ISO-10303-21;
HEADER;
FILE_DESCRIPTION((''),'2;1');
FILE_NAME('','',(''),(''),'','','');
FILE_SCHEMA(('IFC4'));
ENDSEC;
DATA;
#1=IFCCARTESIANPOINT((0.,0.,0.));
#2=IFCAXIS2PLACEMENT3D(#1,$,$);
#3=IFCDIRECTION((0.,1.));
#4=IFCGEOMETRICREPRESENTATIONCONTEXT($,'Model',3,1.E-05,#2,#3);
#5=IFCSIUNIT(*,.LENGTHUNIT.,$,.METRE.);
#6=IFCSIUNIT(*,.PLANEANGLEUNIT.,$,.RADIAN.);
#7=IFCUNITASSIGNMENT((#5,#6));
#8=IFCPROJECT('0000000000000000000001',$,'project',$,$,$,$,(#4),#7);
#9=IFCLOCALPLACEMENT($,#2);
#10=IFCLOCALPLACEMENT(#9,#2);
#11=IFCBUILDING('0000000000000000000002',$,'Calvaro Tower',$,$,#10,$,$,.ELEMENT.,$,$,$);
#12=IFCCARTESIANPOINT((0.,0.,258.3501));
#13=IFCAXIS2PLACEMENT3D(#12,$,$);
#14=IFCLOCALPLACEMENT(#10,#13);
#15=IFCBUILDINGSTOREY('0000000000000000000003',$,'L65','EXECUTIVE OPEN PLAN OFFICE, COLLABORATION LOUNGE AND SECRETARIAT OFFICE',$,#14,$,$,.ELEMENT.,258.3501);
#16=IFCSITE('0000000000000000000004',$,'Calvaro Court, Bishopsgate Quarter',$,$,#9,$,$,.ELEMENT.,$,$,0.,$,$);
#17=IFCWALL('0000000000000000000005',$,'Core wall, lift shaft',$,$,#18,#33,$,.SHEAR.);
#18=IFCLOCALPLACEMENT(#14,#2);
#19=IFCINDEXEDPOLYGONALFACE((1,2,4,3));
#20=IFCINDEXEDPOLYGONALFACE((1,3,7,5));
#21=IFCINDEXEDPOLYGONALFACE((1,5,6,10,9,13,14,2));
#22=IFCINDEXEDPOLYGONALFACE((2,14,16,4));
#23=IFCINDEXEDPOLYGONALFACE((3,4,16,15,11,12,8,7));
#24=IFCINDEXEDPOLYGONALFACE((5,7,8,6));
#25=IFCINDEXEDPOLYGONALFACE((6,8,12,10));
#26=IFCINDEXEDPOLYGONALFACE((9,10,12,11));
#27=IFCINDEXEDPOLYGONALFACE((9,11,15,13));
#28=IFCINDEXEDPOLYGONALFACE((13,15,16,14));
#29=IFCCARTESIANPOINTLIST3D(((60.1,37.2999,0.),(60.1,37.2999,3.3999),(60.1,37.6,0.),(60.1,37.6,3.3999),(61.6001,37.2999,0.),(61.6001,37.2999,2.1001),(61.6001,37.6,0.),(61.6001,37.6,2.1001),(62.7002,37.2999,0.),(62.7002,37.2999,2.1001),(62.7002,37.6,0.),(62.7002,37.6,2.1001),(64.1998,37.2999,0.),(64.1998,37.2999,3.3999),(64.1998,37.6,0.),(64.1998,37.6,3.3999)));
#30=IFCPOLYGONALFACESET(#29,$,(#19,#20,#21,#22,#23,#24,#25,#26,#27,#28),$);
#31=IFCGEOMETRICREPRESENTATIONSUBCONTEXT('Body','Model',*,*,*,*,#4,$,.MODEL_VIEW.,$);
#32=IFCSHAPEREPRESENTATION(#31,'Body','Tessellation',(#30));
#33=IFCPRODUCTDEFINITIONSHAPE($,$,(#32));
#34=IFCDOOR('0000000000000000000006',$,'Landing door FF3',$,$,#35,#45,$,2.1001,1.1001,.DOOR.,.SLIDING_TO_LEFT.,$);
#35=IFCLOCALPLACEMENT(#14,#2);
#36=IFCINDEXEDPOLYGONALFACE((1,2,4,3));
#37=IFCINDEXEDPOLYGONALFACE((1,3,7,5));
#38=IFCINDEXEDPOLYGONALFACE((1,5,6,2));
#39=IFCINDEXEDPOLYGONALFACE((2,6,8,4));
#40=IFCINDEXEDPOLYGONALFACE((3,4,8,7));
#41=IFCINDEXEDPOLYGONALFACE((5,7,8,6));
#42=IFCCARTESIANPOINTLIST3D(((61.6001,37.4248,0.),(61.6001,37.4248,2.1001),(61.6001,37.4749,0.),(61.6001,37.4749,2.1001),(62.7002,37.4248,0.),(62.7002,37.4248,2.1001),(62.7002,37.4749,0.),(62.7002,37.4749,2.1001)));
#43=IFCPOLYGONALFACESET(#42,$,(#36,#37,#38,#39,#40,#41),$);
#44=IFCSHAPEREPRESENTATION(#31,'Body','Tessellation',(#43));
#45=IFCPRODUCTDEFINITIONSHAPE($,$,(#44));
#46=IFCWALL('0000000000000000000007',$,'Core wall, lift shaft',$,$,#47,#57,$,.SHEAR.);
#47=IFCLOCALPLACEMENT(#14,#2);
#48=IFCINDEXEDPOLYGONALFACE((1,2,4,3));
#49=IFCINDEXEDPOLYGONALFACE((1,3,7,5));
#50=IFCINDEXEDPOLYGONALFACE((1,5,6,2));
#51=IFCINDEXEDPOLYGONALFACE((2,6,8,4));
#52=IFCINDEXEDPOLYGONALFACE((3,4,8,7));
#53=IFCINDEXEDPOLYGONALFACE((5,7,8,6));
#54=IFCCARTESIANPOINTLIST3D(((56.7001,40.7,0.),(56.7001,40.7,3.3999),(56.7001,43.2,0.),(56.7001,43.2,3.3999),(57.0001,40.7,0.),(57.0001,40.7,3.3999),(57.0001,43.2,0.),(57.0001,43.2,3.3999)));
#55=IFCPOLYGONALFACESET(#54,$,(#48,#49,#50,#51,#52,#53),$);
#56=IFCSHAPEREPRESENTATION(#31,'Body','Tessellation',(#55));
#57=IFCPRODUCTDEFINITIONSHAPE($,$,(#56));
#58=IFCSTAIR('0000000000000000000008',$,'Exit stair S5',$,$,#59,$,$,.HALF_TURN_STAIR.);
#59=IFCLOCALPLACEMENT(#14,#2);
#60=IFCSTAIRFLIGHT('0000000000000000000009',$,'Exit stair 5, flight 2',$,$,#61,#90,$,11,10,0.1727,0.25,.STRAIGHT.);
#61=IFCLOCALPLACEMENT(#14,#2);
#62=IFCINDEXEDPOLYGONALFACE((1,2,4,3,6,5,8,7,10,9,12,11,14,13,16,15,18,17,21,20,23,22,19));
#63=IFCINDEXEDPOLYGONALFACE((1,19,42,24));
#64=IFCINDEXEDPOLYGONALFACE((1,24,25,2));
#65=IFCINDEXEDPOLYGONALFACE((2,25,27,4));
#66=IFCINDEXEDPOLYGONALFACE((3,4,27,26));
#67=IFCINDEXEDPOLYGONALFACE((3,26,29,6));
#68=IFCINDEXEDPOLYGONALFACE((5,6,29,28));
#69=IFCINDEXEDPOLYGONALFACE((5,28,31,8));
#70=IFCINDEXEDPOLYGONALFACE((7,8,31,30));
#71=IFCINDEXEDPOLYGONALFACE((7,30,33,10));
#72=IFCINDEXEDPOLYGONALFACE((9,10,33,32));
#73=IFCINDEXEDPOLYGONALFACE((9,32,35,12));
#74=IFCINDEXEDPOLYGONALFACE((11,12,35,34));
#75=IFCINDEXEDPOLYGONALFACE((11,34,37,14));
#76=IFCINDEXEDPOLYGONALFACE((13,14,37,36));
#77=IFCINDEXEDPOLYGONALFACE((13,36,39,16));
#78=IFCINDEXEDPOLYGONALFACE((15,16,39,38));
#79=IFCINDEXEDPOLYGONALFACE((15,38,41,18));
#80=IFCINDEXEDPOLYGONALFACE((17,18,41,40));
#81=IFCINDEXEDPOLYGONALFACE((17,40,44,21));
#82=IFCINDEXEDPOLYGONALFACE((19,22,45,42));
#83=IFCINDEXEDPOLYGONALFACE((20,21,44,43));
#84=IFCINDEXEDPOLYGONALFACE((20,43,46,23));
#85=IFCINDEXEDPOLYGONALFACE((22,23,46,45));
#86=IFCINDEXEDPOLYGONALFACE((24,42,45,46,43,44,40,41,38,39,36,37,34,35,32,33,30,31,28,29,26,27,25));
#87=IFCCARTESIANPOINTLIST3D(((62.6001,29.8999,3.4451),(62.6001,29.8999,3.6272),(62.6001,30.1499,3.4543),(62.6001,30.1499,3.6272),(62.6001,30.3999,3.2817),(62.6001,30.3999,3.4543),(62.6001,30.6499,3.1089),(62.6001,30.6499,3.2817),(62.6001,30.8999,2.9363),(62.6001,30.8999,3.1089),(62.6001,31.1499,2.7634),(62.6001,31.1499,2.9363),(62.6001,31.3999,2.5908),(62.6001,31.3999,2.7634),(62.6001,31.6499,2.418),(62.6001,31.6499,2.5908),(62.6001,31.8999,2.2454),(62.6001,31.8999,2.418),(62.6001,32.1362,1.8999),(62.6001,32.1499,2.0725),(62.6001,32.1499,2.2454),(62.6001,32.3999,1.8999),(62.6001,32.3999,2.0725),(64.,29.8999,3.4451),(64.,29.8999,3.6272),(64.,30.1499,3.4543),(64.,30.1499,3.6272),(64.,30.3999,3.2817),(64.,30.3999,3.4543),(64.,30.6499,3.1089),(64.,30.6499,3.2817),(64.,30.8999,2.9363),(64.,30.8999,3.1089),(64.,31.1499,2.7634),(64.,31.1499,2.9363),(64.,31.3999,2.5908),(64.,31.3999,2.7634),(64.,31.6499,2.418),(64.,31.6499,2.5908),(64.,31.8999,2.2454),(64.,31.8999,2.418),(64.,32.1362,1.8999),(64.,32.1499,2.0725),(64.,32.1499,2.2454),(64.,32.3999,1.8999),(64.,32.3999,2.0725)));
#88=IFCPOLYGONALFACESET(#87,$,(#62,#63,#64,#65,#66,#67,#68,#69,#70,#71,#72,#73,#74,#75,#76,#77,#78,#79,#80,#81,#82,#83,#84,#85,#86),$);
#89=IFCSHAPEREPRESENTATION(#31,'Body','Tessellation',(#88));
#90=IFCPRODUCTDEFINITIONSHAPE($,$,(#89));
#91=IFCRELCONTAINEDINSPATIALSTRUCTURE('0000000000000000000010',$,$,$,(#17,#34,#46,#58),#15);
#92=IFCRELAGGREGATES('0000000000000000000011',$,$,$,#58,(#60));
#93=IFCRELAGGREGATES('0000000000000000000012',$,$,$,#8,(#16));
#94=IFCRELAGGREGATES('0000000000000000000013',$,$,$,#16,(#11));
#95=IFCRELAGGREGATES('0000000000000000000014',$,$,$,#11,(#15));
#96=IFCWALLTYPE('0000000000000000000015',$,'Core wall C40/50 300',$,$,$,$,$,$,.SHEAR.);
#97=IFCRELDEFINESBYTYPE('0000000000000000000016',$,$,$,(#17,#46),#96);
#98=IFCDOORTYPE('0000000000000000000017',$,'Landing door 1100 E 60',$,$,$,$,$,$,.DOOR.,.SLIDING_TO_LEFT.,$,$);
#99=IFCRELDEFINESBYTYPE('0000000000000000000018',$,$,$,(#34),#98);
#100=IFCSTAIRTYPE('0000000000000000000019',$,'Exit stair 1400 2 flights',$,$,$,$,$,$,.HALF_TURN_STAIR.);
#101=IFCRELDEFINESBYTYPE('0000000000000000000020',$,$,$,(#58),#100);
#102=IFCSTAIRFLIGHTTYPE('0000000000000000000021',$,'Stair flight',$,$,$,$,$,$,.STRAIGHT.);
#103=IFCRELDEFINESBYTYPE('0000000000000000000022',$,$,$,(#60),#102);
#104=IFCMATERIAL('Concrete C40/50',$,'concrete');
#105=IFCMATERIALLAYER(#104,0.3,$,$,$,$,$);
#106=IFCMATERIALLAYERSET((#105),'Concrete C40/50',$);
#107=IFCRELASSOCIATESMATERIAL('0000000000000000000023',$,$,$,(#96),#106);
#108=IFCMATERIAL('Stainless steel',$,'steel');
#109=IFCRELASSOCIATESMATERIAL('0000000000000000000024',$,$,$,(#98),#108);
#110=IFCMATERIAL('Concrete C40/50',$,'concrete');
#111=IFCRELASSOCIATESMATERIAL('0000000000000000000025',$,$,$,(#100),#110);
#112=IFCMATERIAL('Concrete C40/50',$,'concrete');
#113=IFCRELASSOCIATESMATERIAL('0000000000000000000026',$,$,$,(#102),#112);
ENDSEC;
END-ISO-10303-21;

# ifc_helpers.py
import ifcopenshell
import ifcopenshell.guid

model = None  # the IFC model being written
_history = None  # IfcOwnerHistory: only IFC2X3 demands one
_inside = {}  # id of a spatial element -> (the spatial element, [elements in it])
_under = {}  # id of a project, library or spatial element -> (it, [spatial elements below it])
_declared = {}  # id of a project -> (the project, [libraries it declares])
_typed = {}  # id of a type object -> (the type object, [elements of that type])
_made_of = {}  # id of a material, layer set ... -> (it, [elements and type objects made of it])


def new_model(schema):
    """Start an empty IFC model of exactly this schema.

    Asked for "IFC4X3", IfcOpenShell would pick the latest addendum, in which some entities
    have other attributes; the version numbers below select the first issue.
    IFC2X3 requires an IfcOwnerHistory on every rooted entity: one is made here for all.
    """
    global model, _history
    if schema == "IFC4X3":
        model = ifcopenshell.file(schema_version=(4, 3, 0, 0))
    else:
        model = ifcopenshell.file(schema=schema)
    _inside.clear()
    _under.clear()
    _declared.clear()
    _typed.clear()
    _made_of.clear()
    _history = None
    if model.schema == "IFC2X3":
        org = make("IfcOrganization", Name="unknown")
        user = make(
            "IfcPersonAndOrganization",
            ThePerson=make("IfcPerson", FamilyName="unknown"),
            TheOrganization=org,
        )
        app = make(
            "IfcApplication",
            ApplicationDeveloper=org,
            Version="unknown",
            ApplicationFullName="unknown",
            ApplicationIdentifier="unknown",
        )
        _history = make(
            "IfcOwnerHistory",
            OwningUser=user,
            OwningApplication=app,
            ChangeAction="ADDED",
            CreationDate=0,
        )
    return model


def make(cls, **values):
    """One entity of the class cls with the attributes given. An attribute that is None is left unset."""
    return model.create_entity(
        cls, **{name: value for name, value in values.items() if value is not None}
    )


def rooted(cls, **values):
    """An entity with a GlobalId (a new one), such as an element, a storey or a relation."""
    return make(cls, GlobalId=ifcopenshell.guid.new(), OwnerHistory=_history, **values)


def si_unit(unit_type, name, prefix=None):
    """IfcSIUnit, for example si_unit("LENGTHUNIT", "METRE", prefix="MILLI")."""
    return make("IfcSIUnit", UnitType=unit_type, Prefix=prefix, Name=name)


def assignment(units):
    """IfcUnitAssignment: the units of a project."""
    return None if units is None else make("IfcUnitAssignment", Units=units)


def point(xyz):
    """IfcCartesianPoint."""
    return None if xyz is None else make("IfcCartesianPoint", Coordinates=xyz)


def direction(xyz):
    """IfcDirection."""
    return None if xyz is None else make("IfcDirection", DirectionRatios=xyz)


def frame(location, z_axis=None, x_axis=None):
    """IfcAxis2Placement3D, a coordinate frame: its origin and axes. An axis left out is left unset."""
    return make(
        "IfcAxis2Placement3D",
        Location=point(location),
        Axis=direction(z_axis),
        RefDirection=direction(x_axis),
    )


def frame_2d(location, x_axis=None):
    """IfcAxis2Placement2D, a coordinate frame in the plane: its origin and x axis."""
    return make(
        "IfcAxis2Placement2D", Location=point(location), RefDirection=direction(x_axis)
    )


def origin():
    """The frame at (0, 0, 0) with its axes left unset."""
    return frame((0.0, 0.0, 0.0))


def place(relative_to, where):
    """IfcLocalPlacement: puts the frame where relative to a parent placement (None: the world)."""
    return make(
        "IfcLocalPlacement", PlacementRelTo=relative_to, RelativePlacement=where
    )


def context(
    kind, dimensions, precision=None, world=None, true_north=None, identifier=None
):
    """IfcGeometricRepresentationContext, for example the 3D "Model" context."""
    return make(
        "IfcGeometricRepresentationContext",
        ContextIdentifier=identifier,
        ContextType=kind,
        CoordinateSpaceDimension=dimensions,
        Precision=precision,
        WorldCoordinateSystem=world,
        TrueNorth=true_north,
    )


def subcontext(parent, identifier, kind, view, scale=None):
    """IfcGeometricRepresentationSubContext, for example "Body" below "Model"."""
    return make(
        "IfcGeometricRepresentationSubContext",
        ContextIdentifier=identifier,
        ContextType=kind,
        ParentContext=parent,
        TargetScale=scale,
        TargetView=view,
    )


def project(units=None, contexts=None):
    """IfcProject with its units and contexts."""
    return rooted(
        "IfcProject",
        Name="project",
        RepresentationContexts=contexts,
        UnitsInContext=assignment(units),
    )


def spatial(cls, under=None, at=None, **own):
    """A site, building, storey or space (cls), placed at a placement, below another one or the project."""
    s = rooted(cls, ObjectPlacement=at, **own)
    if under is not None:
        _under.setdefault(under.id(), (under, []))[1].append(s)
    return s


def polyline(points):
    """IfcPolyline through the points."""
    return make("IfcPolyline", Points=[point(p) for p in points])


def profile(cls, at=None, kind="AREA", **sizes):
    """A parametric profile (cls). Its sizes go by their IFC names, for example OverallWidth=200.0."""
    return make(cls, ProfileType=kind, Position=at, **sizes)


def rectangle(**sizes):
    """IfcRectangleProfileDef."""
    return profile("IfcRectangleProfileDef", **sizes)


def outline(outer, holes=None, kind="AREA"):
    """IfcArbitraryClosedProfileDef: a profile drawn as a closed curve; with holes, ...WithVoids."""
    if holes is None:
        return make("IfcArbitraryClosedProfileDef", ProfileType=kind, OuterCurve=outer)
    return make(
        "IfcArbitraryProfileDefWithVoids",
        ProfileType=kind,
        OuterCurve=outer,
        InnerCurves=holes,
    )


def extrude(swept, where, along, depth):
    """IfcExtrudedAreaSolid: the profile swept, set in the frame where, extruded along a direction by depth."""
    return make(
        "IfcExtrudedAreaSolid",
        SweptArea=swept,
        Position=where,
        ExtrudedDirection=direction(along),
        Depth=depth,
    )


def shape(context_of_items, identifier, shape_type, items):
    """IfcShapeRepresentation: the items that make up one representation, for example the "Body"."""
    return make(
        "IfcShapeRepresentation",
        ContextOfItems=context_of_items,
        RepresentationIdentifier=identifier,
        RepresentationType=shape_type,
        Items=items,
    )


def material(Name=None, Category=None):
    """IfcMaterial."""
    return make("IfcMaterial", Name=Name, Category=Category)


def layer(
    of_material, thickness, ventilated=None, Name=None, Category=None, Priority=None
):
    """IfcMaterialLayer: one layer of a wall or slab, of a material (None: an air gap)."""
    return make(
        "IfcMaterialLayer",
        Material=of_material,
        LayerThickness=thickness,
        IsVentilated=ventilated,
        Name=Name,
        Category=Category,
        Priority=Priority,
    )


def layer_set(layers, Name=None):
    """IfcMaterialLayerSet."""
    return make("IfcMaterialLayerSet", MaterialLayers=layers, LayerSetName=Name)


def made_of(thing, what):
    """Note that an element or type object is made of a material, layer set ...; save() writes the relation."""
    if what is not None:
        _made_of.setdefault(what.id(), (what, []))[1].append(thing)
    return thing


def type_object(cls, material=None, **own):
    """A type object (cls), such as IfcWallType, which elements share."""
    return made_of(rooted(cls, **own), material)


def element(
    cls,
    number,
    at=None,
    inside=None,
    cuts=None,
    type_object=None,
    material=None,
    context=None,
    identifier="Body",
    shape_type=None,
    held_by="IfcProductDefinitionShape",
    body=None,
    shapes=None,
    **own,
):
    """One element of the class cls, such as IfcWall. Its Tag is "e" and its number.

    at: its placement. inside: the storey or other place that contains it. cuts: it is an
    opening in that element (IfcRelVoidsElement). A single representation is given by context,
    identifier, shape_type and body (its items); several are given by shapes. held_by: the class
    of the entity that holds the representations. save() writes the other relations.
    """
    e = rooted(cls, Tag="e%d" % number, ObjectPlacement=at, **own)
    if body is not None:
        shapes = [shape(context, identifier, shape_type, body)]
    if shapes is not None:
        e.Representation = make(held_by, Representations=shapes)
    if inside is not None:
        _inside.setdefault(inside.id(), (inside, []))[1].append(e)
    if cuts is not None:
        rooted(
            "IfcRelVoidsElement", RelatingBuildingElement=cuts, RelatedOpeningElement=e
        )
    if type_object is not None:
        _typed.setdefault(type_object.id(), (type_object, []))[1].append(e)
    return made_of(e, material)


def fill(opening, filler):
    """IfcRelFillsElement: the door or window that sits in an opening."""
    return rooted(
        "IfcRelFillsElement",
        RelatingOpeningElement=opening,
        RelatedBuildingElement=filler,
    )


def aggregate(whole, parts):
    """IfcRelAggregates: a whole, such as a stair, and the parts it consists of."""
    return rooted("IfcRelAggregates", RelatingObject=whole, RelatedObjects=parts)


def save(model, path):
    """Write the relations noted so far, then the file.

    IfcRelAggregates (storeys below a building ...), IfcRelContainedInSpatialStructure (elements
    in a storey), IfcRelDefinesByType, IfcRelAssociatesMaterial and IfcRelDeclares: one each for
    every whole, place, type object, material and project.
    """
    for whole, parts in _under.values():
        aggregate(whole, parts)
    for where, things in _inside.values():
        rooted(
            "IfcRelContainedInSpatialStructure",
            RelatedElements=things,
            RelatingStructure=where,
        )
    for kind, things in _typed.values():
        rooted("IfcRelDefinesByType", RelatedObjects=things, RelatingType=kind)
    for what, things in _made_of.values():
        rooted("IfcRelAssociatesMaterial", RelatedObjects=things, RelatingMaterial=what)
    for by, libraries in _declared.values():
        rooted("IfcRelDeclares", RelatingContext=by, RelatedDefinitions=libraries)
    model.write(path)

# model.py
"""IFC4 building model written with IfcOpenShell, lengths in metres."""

from ifc_helpers import new_model, si_unit, direction, frame, frame_2d, origin, place, context, subcontext, project, spatial, polyline, rectangle, outline, extrude, material, layer, layer_set, type_object, element, fill, aggregate, save


model = new_model("IFC4")

# Units and contexts
model_context = context("Model", 3, precision=1e-05, world=origin(), true_north=direction((0.0, 1.0)))
body_context = subcontext(model_context, "Body", "Model", "MODEL_VIEW")
ifc_project = project(units=[si_unit("LENGTHUNIT", "METRE"), si_unit("PLANEANGLEUNIT", "RADIAN")], contexts=[model_context])

# Site, building, storey
site_placement = place(None, origin())
site = spatial("IfcSite", under=ifc_project, at=site_placement, Name="Calvaro Court, Bishopsgate Quarter", CompositionType="ELEMENT", RefElevation=0.0)
building_placement = place(site_placement, origin())
building = spatial("IfcBuilding", under=site, at=building_placement, Name="Calvaro Tower", CompositionType="ELEMENT")
storey_placement = place(building_placement, frame((0.0, 0.0, 258.3501)))
storey = spatial("IfcBuildingStorey", under=building, at=storey_placement, Name="L65", Description="EXECUTIVE OPEN PLAN OFFICE, COLLABORATION LOUNGE AND SECRETARIAT OFFICE", CompositionType="ELEMENT", Elevation=258.3501)

# Shared definitions
ifc_material_1 = material(Name="Concrete C40/50", Category="concrete")
ifc_layer_1 = layer(ifc_material_1, 0.3)
ifc_layer_set_1 = layer_set([ifc_layer_1], Name="Concrete C40/50")
wall_type_1 = type_object("IfcWallType", Name="Core wall C40/50 300", PredefinedType="SHEAR", material=ifc_layer_set_1)

# Wall, opening, door
wall_1_placement = place(storey_placement, frame((60.1001, 37.45, 0.0), z_axis=(0.0, 0.0, 1.0), x_axis=(1.0, 0.0, 0.0)))
wall_1 = element("IfcWall", 1, at=wall_1_placement, inside=storey, type_object=wall_type_1, Name="Core wall, lift shaft", PredefinedType="SHEAR", context=body_context, shape_type="SweptSolid", body=[
    extrude(rectangle(XDim=4.0999, YDim=0.3, at=frame_2d((2.0498, 0.0))), origin(), (0.0, 0.0, 1.0), 3.3999),
])
opening_1_placement = place(wall_1_placement, frame((1.5, 0.0, 0.0)))
opening_1 = element("IfcOpeningElement", 2, at=opening_1_placement, cuts=wall_1, PredefinedType="OPENING", context=body_context, shape_type="SweptSolid", body=[
    extrude(rectangle(XDim=1.1001, YDim=2.1001, at=frame_2d((0.55, 1.05))), frame((0.0, 0.1599, 0.0), z_axis=(0.0, -1.0, 0.0), x_axis=(1.0, 0.0, 0.0)), (0.0, 0.0, 1.0), 0.3201),
])
ifc_material_2 = material(Name="Stainless steel", Category="steel")
door_type_1 = type_object("IfcDoorType", Name="Landing door 1100 E 60", OperationType="SLIDING_TO_LEFT", PredefinedType="DOOR", material=ifc_material_2)
door_1_placement = place(opening_1_placement, origin())
door_1 = element("IfcDoor", 3, at=door_1_placement, inside=storey, type_object=door_type_1, Name="Landing door FF3", OperationType="SLIDING_TO_LEFT", OverallHeight=2.1001, OverallWidth=1.1001, PredefinedType="DOOR", context=body_context, shape_type="SweptSolid", body=[
    extrude(rectangle(XDim=1.1001, YDim=2.1001, at=frame_2d((0.55, 1.05))), frame((0.0, 0.0249, 0.0), z_axis=(0.0, -1.0, 0.0), x_axis=(1.0, 0.0, 0.0)), (0.0, 0.0, 1.0), 0.05),
])
fill(opening_1, door_1)

# Wall
wall_2_placement = place(storey_placement, frame((56.8501, 40.7, 0.0), z_axis=(0.0, 0.0, 1.0), x_axis=(0.0, 1.0, 0.0)))
element("IfcWall", 4, at=wall_2_placement, inside=storey, type_object=wall_type_1, Name="Core wall, lift shaft", PredefinedType="SHEAR", context=body_context, shape_type="SweptSolid", body=[
    extrude(rectangle(XDim=2.5, YDim=0.3, at=frame_2d((1.25, 0.0))), origin(), (0.0, 0.0, 1.0), 3.3999),
])

# Stair, stair flight
ifc_material_3 = material(Name="Concrete C40/50", Category="concrete")
stair_type = type_object("IfcStairType", Name="Exit stair 1400 2 flights", PredefinedType="HALF_TURN_STAIR", material=ifc_material_3)
stair_placement = place(storey_placement, origin())
stair = element("IfcStair", 5, at=stair_placement, inside=storey, type_object=stair_type, Name="Exit stair S5", PredefinedType="HALF_TURN_STAIR")
ifc_material_4 = material(Name="Concrete C40/50", Category="concrete")
stair_flight_type = type_object("IfcStairFlightType", Name="Stair flight", PredefinedType="STRAIGHT", material=ifc_material_4)
stair_flight_placement = place(storey_placement, frame((63.3, 32.3999, 1.8999), z_axis=(0.0, 0.0, 1.0), x_axis=(0.0, -1.0, 0.0)))
stair_flight = element("IfcStairFlight", 6, at=stair_flight_placement, type_object=stair_flight_type, Name="Exit stair 5, flight 2", NumberOfRisers=11, NumberOfTreads=10, PredefinedType="STRAIGHT", RiserHeight=0.1727, TreadLength=0.25, context=body_context, shape_type="SweptSolid", body=[
    extrude(outline(polyline([(0.0, 0.0), (0.0, 0.1726), (0.25, 0.1726), (0.25, 0.3455), (0.5, 0.3455), (0.5, 0.5181), (0.75, 0.5181), (0.75, 0.6909), (1.0, 0.6909), (1.0, 0.8635), (1.25, 0.8635), (1.25, 1.0364), (1.5, 1.0364), (1.5, 1.209), (1.75, 1.209), (1.75, 1.3818), (2.0, 1.3818), (2.0, 1.5544), (2.25, 1.5544), (2.25, 1.7273), (2.5, 1.7273), (2.5, 1.8999), (2.5, 1.5452), (0.2637, 0.0), (0.0, 0.0)])), frame((0.0, 0.7, 0.0), z_axis=(0.0, -1.0, 0.0), x_axis=(1.0, 0.0, 0.0)), (0.0, 0.0, 1.0), 1.3999),
])
aggregate(stair, [stair_flight])

save(model, "model.ifc")
